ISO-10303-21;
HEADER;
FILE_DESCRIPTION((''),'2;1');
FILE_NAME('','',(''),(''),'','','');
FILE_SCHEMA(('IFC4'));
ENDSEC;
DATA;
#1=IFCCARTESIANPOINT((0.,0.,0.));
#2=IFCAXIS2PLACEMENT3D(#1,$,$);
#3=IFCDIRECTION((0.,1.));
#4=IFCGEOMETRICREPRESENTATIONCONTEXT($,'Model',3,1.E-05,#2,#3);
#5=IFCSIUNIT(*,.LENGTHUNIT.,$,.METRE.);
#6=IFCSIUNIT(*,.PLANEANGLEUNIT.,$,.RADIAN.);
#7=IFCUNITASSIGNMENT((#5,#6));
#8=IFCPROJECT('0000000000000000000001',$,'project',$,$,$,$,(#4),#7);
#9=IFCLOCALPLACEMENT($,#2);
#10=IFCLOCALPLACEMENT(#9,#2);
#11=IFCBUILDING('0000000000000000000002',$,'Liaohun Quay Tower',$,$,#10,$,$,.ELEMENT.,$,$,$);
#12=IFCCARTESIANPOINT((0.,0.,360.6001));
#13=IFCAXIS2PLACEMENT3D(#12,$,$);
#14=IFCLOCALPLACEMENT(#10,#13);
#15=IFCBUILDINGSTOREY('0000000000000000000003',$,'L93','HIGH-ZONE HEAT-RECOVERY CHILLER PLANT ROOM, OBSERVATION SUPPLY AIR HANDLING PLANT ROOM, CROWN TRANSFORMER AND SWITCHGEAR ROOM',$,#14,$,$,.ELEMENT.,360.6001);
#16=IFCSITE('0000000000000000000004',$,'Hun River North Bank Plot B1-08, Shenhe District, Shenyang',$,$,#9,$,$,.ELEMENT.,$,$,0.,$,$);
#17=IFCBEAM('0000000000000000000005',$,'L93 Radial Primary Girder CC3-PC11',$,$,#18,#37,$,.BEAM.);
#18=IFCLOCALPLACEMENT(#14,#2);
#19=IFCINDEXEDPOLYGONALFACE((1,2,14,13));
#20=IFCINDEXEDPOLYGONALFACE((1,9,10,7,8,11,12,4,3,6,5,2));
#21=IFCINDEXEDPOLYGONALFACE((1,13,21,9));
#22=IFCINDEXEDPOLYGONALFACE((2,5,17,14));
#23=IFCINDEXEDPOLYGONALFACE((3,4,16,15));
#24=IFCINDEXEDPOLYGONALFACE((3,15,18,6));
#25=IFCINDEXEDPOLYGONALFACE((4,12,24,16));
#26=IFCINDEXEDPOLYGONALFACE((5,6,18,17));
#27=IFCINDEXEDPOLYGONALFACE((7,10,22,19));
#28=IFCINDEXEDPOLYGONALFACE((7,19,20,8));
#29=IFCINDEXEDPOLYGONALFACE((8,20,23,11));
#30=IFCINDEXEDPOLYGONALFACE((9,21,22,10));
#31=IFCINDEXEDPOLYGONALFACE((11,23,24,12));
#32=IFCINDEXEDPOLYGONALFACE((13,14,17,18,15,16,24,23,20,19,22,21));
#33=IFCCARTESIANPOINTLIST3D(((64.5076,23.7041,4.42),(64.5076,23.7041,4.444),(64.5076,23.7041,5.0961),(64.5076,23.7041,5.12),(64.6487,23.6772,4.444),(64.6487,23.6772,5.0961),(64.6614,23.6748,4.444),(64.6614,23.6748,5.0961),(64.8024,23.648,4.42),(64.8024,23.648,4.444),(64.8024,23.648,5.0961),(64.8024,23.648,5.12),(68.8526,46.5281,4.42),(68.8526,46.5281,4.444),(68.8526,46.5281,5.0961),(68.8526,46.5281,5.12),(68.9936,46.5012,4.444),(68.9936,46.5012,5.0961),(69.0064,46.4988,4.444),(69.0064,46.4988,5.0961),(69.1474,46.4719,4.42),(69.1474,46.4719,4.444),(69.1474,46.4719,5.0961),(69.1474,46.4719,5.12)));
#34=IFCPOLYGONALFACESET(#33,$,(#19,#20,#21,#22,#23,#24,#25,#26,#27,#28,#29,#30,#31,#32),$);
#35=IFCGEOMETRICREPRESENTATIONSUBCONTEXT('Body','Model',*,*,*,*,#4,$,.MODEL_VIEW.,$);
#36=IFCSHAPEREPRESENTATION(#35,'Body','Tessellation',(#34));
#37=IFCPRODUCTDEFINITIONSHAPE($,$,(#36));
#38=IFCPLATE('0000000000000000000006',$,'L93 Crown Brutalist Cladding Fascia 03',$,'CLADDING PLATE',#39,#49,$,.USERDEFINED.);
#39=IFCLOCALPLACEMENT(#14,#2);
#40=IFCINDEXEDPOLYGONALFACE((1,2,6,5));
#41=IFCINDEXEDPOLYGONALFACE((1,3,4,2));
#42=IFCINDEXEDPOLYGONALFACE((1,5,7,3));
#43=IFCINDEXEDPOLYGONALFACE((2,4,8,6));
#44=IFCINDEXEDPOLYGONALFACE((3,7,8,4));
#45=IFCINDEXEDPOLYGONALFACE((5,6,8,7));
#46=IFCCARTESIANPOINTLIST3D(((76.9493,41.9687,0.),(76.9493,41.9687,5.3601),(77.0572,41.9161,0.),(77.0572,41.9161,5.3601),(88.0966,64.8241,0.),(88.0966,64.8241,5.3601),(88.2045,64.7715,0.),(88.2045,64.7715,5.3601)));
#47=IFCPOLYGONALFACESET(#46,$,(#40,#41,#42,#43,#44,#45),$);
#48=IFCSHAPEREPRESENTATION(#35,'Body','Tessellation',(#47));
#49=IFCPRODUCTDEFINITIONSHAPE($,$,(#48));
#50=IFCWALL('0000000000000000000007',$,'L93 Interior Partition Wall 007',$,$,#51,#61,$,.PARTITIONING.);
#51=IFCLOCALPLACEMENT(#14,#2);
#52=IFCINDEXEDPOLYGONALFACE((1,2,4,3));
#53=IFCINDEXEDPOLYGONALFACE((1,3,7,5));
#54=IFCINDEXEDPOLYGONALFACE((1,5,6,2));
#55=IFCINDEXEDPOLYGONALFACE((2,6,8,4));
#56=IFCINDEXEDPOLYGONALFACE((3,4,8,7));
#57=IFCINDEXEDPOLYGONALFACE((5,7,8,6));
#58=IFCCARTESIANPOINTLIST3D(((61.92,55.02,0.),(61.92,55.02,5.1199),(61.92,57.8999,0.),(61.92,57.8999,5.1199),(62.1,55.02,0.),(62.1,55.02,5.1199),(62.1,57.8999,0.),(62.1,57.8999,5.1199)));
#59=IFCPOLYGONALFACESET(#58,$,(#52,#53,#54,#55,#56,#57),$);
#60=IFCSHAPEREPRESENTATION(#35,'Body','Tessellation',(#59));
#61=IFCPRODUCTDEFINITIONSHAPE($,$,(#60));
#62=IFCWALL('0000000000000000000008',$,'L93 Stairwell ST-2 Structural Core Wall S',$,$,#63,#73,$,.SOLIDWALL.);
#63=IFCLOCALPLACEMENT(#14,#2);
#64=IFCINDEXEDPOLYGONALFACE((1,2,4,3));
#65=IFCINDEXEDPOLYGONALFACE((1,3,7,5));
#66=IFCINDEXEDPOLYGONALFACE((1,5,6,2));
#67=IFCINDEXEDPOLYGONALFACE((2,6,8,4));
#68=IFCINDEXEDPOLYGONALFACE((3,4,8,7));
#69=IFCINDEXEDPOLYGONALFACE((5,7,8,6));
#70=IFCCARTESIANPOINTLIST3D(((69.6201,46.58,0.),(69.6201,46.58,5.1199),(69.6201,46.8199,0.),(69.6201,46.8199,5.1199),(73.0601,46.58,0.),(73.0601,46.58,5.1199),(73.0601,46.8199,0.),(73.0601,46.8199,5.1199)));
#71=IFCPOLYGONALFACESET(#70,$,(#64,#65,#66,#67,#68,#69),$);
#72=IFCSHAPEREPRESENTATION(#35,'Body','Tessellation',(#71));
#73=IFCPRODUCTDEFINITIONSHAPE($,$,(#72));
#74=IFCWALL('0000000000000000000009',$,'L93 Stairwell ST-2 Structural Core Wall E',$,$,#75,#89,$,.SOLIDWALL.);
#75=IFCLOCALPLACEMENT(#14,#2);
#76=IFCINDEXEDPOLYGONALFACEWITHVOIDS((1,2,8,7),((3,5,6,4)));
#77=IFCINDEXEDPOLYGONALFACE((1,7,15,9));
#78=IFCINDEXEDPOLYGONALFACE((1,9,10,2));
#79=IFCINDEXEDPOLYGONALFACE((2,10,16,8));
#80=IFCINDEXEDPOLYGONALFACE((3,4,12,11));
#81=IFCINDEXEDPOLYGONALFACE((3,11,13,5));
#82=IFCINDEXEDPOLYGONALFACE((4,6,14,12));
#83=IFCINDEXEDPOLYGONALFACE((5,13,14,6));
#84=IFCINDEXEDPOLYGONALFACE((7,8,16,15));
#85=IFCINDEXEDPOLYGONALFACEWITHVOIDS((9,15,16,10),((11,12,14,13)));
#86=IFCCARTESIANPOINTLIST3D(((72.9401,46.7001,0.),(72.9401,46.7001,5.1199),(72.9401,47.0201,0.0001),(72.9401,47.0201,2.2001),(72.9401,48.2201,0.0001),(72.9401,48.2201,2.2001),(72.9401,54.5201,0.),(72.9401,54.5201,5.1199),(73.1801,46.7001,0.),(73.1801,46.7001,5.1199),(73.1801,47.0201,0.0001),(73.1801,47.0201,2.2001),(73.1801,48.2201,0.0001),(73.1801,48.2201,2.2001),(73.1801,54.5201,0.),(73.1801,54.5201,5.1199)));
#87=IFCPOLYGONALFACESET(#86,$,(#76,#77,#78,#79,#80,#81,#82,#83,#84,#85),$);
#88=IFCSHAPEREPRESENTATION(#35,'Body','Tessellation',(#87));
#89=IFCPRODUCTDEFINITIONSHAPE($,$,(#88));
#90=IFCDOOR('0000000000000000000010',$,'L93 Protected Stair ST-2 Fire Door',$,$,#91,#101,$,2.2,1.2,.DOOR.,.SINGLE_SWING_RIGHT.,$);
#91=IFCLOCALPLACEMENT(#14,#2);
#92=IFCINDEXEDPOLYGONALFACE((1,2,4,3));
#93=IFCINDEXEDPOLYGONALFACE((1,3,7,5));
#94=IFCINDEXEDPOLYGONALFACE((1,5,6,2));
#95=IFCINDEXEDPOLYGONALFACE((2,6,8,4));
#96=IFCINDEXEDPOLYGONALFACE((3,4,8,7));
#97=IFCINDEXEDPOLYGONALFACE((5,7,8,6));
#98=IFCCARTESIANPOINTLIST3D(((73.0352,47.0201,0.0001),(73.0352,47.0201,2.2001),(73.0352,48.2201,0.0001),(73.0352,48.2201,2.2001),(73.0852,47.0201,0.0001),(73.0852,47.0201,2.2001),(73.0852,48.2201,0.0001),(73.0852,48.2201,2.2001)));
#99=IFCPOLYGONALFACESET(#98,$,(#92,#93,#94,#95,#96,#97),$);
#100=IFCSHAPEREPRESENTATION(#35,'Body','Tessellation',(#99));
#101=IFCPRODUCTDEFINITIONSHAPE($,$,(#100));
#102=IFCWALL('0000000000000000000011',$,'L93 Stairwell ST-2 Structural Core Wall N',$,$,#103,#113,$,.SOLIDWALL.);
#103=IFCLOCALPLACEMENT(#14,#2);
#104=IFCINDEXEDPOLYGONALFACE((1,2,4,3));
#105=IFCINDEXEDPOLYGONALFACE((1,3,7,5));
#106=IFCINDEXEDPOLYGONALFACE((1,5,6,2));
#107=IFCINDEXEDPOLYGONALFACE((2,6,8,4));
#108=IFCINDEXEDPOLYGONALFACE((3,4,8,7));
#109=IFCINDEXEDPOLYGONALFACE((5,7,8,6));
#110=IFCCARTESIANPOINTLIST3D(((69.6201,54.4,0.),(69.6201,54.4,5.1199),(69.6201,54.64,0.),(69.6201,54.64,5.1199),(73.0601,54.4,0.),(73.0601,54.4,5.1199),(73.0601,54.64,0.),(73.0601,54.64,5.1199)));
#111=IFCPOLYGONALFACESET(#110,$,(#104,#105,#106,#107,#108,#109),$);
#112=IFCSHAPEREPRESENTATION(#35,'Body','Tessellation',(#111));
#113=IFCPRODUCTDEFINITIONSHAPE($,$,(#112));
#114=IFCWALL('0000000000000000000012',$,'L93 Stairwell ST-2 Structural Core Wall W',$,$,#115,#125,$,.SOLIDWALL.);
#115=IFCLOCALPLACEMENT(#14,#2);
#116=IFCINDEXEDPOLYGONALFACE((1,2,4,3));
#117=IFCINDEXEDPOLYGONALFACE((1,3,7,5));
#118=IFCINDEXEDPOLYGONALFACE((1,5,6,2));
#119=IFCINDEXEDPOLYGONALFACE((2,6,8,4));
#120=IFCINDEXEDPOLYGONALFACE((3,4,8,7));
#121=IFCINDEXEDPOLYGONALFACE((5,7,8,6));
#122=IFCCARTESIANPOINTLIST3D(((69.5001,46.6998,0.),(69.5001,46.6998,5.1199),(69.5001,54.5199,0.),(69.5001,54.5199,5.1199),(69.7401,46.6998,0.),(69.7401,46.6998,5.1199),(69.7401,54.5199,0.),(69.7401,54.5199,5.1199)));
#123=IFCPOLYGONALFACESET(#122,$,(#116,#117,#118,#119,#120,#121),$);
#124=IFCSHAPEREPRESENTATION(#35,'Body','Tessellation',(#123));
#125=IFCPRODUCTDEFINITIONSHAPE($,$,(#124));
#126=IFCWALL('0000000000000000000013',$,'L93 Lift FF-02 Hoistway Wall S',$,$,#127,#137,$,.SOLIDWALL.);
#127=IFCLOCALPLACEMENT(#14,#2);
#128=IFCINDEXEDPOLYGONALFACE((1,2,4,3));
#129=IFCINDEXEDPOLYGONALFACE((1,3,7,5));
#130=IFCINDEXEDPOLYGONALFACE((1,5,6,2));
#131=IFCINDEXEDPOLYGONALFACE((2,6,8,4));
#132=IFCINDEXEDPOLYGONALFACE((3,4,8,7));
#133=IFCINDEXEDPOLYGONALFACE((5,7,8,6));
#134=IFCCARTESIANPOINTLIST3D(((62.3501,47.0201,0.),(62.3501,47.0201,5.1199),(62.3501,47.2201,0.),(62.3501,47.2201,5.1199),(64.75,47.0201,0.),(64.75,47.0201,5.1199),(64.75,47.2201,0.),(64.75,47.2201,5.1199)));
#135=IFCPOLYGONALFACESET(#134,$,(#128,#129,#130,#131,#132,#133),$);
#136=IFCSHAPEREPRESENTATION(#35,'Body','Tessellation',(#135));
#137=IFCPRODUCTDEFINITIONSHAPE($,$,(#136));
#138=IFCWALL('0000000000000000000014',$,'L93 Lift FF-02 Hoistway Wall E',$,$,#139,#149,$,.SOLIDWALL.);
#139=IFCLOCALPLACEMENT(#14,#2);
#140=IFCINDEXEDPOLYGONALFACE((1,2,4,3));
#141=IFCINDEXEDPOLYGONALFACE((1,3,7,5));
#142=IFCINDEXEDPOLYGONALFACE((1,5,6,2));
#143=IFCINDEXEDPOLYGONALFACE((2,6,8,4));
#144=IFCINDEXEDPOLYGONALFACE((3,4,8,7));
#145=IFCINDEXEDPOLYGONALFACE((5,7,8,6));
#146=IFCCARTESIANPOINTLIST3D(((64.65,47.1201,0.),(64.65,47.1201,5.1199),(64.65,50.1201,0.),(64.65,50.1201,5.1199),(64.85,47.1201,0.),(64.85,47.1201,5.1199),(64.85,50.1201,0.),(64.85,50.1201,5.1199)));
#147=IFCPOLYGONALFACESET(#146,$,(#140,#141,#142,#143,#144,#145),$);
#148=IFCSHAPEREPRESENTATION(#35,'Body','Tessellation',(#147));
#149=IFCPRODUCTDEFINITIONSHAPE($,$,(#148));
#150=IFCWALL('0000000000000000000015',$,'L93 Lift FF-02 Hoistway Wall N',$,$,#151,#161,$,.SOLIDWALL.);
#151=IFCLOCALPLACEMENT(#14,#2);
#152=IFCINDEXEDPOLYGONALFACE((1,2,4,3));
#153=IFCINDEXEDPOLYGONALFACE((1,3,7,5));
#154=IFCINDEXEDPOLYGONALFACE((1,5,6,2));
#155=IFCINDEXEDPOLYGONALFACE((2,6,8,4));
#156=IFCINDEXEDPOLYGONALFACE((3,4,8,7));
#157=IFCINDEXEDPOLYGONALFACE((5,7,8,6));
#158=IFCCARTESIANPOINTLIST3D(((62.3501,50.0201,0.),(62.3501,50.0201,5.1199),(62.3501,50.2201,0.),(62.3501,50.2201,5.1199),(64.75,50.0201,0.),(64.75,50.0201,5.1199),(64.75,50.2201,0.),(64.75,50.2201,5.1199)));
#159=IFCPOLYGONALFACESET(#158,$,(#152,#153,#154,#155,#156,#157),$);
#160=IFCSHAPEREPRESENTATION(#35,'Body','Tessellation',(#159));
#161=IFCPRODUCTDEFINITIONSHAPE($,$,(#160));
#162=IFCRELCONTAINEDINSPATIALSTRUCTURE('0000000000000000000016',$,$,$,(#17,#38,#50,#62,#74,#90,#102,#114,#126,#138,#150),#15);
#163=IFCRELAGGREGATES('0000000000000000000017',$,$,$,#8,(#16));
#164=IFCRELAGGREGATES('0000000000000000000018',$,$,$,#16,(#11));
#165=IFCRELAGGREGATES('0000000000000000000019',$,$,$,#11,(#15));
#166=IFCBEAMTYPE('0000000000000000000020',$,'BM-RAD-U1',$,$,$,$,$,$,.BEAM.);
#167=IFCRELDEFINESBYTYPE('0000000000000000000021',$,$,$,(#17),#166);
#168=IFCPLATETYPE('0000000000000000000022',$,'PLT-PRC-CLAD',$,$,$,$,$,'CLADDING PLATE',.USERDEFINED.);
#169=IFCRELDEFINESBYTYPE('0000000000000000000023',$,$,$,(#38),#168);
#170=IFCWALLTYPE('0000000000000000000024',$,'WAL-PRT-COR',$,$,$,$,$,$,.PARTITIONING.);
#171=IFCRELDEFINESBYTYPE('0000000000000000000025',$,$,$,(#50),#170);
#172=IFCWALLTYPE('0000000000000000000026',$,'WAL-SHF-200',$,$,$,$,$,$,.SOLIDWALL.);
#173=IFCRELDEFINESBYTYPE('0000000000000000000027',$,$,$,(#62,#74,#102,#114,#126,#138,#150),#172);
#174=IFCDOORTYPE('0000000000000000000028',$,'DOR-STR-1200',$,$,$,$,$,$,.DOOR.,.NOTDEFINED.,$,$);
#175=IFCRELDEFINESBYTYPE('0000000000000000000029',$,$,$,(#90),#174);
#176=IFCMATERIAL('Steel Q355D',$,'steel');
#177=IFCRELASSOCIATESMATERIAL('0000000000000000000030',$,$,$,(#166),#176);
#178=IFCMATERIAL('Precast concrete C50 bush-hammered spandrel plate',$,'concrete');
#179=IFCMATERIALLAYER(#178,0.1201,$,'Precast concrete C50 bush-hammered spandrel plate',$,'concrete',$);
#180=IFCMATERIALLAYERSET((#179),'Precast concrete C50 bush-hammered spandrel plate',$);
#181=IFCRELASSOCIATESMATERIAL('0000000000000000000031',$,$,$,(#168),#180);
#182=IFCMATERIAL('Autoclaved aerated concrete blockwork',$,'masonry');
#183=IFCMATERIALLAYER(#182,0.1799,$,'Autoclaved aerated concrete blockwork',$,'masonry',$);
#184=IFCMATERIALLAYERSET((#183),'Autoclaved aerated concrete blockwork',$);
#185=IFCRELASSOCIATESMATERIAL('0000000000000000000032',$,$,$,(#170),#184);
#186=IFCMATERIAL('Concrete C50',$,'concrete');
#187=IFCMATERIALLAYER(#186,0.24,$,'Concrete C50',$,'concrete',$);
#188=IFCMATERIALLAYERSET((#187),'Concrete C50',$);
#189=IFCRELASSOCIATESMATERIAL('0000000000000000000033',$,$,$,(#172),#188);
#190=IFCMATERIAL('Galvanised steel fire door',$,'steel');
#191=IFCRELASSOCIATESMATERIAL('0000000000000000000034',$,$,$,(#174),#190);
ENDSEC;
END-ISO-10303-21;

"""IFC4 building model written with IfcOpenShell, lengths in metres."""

from ifc_helpers import new_model, si_unit, direction, frame, frame_2d, origin, origin_2d, place, context, subcontext, project, spatial, rectangle, i_section, extrude, source, transform, mapped, material, layer, layer_set, material_profile, profile_set, type_object, element, fill, save


model = new_model("IFC4")

# Units and contexts
model_context = context("Model", 3, precision=1e-05, world=origin(), true_north=direction((0.0, 1.0)))
body_context = subcontext(model_context, "Body", "Model", "MODEL_VIEW")
ifc_project = project(units=[si_unit("LENGTHUNIT", "METRE"), si_unit("PLANEANGLEUNIT", "RADIAN")], contexts=[model_context])

# Site, building, storey
site_placement = place(None, origin())
site = spatial("IfcSite", under=ifc_project, at=site_placement, Name="Hun River North Bank Plot B1-08, Shenhe District, Shenyang", CompositionType="ELEMENT", RefElevation=0.0)
building_placement = place(site_placement, origin())
building = spatial("IfcBuilding", under=site, at=building_placement, Name="Liaohun Quay Tower", CompositionType="ELEMENT")
storey_placement = place(building_placement, frame((0.0, 0.0, 360.6001)))
storey = spatial("IfcBuildingStorey", under=building, at=storey_placement, Name="L93", Description="HIGH-ZONE HEAT-RECOVERY CHILLER PLANT ROOM, OBSERVATION SUPPLY AIR HANDLING PLANT ROOM, CROWN TRANSFORMER AND SWITCHGEAR ROOM", CompositionType="ELEMENT", Elevation=360.6001)

# Beam
ifc_material_1 = material(Name="Steel Q355D", Category="steel")
ifc_material_profile = material_profile(ifc_material_1, i_section(OverallWidth=0.3, OverallDepth=0.7, WebThickness=0.0129, FlangeThickness=0.0239, at=origin_2d()), Name="HN700x300x13x24")
ifc_profile_set = profile_set([ifc_material_profile], Name="Steel Q355D")
beam_type = type_object("IfcBeamType", Name="BM-RAD-U1", PredefinedType="BEAM", material=ifc_profile_set)
shared_shape_1 = source(origin(), body_context, "Body", "SweptSolid", [
    extrude(i_section(OverallWidth=0.3, OverallDepth=0.7, WebThickness=0.0129, FlangeThickness=0.0239, at=origin_2d()), origin(), (0.0, 0.0, 1.0), 23.2339),
])
beam_placement = place(storey_placement, frame((69.0, 46.5, 4.77), z_axis=(-0.18701, -0.982358, 0.0), x_axis=(0.982358, -0.18701, 0.0)))
element("IfcBeam", 1, at=beam_placement, inside=storey, type_object=beam_type, Name="L93 Radial Primary Girder CC3-PC11", PredefinedType="BEAM", context=body_context, shape_type="MappedRepresentation", body=[
    mapped(shared_shape_1, transform((0.0, 0.0, 0.0), x_axis=(1.0, 0.0, 0.0), y_axis=(0.0, 1.0, 0.0), z_axis=(0.0, 0.0, 1.0), scale=1.0)),
])

# Plate
ifc_material_2 = material(Name="Precast concrete C50 bush-hammered spandrel plate", Category="concrete")
ifc_layer_1 = layer(ifc_material_2, 0.1201, Name="Precast concrete C50 bush-hammered spandrel plate", Category="concrete")
ifc_layer_set_1 = layer_set([ifc_layer_1], Name="Precast concrete C50 bush-hammered spandrel plate")
plate_type = type_object("IfcPlateType", Name="PLT-PRC-CLAD", ElementType="CLADDING PLATE", PredefinedType="USERDEFINED", material=ifc_layer_set_1)
shared_shape_2 = source(origin(), body_context, "Body", "SweptSolid", [
    extrude(rectangle(XDim=25.429, YDim=0.1201, at=origin_2d()), origin(), (0.0, 0.0, 1.0), 5.3601),
])
plate_placement = place(storey_placement, frame((82.5769, 53.3701, 0.0), z_axis=(0.0, 0.0, 1.0), x_axis=(0.438371, 0.898794, 0.0)))
element("IfcPlate", 2, at=plate_placement, inside=storey, type_object=plate_type, Name="L93 Crown Brutalist Cladding Fascia 03", ObjectType="CLADDING PLATE", PredefinedType="USERDEFINED", context=body_context, shape_type="MappedRepresentation", body=[
    mapped(shared_shape_2, transform((0.0, 0.0, 0.0), x_axis=(1.0, 0.0, 0.0), y_axis=(0.0, 1.0, 0.0), z_axis=(0.0, 0.0, 1.0), scale=1.0)),
])

# Walls
ifc_material_3 = material(Name="Autoclaved aerated concrete blockwork", Category="masonry")
ifc_layer_2 = layer(ifc_material_3, 0.1799, Name="Autoclaved aerated concrete blockwork", Category="masonry")
ifc_layer_set_2 = layer_set([ifc_layer_2], Name="Autoclaved aerated concrete blockwork")
wall_type_1 = type_object("IfcWallType", Name="WAL-PRT-COR", PredefinedType="PARTITIONING", material=ifc_layer_set_2)
wall_1_placement = place(storey_placement, frame((62.01, 55.02, 0.0), z_axis=(0.0, 0.0, 1.0), x_axis=(0.0, 1.0, 0.0)))
element("IfcWall", 3, at=wall_1_placement, inside=storey, type_object=wall_type_1, Name="L93 Interior Partition Wall 007", PredefinedType="PARTITIONING", context=body_context, shape_type="SweptSolid", body=[
    extrude(rectangle(XDim=2.8799, YDim=0.1799, at=frame_2d((1.4399, 0.0))), origin(), (0.0, 0.0, 1.0), 5.1199),
])
ifc_material_4 = material(Name="Concrete C50", Category="concrete")
ifc_layer_3 = layer(ifc_material_4, 0.24, Name="Concrete C50", Category="concrete")
ifc_layer_set_3 = layer_set([ifc_layer_3], Name="Concrete C50")
wall_type_2 = type_object("IfcWallType", Name="WAL-SHF-200", PredefinedType="SOLIDWALL", material=ifc_layer_set_3)
wall_2_placement = place(storey_placement, frame((69.6201, 46.7, 0.0), z_axis=(0.0, 0.0, 1.0), x_axis=(1.0, 0.0, 0.0)))
element("IfcWall", 4, at=wall_2_placement, inside=storey, type_object=wall_type_2, Name="L93 Stairwell ST-2 Structural Core Wall S", PredefinedType="SOLIDWALL", context=body_context, shape_type="SweptSolid", body=[
    extrude(rectangle(XDim=3.4399, YDim=0.24, at=frame_2d((1.72, 0.0))), origin(), (0.0, 0.0, 1.0), 5.1199),
])

# Wall, opening, door
wall_3_placement = place(storey_placement, frame((73.0601, 46.7, 0.0), z_axis=(0.0, 0.0, 1.0), x_axis=(0.0, 1.0, 0.0)))
wall_3 = element("IfcWall", 5, at=wall_3_placement, inside=storey, type_object=wall_type_2, Name="L93 Stairwell ST-2 Structural Core Wall E", PredefinedType="SOLIDWALL", context=body_context, shape_type="SweptSolid", body=[
    extrude(rectangle(XDim=7.8201, YDim=0.24, at=frame_2d((3.9102, 0.0))), origin(), (0.0, 0.0, 1.0), 5.1199),
])
shared_shape_3 = source(origin(), body_context, "Body", "SweptSolid", [
    extrude(rectangle(XDim=1.2, YDim=2.2, at=frame_2d((0.6001, 1.1001))), frame((0.0, 0.1299, 0.0), z_axis=(0.0, -1.0, 0.0), x_axis=(1.0, 0.0, 0.0)), (0.0, 0.0, 1.0), 0.26),
])
opening_1_placement = place(wall_3_placement, frame((0.3201, 0.0, 0.0)))
opening_1 = element("IfcOpeningElement", 6, at=opening_1_placement, cuts=wall_3, PredefinedType="OPENING", context=body_context, shape_type="MappedRepresentation", body=[
    mapped(shared_shape_3, transform((0.0, 0.0, 0.0), x_axis=(1.0, 0.0, 0.0), y_axis=(0.0, 1.0, 0.0), z_axis=(0.0, 0.0, 1.0), scale=1.0)),
])
ifc_material_5 = material(Name="Galvanised steel fire door", Category="steel")
door_type_1 = type_object("IfcDoorType", Name="DOR-STR-1200", OperationType="NOTDEFINED", PredefinedType="DOOR", material=ifc_material_5)
shared_shape_4 = source(origin(), body_context, "Body", "SweptSolid", [
    extrude(rectangle(XDim=1.2, YDim=2.2, at=frame_2d((0.6001, 1.1001))), frame((0.0, 0.0249, 0.0), z_axis=(0.0, -1.0, 0.0), x_axis=(1.0, 0.0, 0.0)), (0.0, 0.0, 1.0), 0.05),
])
door_1_placement = place(opening_1_placement, origin())
door_1 = element("IfcDoor", 7, at=door_1_placement, inside=storey, type_object=door_type_1, Name="L93 Protected Stair ST-2 Fire Door", OperationType="SINGLE_SWING_RIGHT", OverallHeight=2.2, OverallWidth=1.2, PredefinedType="DOOR", context=body_context, shape_type="MappedRepresentation", body=[
    mapped(shared_shape_4, transform((0.0, 0.0, 0.0), x_axis=(1.0, 0.0, 0.0), y_axis=(0.0, 1.0, 0.0), z_axis=(0.0, 0.0, 1.0), scale=1.0)),
])
fill(opening_1, door_1)

# Walls
wall_4_placement = place(storey_placement, frame((73.0601, 54.52, 0.0), z_axis=(0.0, 0.0, 1.0), x_axis=(-1.0, 0.0, 0.0)))
element("IfcWall", 8, at=wall_4_placement, inside=storey, type_object=wall_type_2, Name="L93 Stairwell ST-2 Structural Core Wall N", PredefinedType="SOLIDWALL", context=body_context, shape_type="SweptSolid", body=[
    extrude(rectangle(XDim=3.4399, YDim=0.24, at=frame_2d((1.72, 0.0))), origin(), (0.0, 0.0, 1.0), 5.1199),
])
wall_5_placement = place(storey_placement, frame((69.6201, 54.52, 0.0), z_axis=(0.0, 0.0, 1.0), x_axis=(0.0, -1.0, 0.0)))
element("IfcWall", 9, at=wall_5_placement, inside=storey, type_object=wall_type_2, Name="L93 Stairwell ST-2 Structural Core Wall W", PredefinedType="SOLIDWALL", context=body_context, shape_type="SweptSolid", body=[
    extrude(rectangle(XDim=7.8201, YDim=0.24, at=frame_2d((3.9102, 0.0))), origin(), (0.0, 0.0, 1.0), 5.1199),
])
wall_6_placement = place(storey_placement, frame((62.3501, 47.1201, 0.0), z_axis=(0.0, 0.0, 1.0), x_axis=(1.0, 0.0, 0.0)))
element("IfcWall", 10, at=wall_6_placement, inside=storey, type_object=wall_type_2, Name="L93 Lift FF-02 Hoistway Wall S", PredefinedType="SOLIDWALL", context=body_context, shape_type="SweptSolid", body=[
    extrude(rectangle(XDim=2.3999, YDim=0.2, at=frame_2d((1.2, 0.0))), origin(), (0.0, 0.0, 1.0), 5.1199),
])
wall_7_placement = place(storey_placement, frame((64.75, 47.1201, 0.0), z_axis=(0.0, 0.0, 1.0), x_axis=(0.0, 1.0, 0.0)))
element("IfcWall", 11, at=wall_7_placement, inside=storey, type_object=wall_type_2, Name="L93 Lift FF-02 Hoistway Wall E", PredefinedType="SOLIDWALL", context=body_context, shape_type="SweptSolid", body=[
    extrude(rectangle(XDim=3.0, YDim=0.2, at=frame_2d((1.5, 0.0))), origin(), (0.0, 0.0, 1.0), 5.1199),
])
wall_8_placement = place(storey_placement, frame((64.75, 50.1201, 0.0), z_axis=(0.0, 0.0, 1.0), x_axis=(-1.0, 0.0, 0.0)))
element("IfcWall", 12, at=wall_8_placement, inside=storey, type_object=wall_type_2, Name="L93 Lift FF-02 Hoistway Wall N", PredefinedType="SOLIDWALL", context=body_context, shape_type="SweptSolid", body=[
    extrude(rectangle(XDim=2.3999, YDim=0.2, at=frame_2d((1.2, 0.0))), origin(), (0.0, 0.0, 1.0), 5.1199),
])

save(model, "model.ifc")
